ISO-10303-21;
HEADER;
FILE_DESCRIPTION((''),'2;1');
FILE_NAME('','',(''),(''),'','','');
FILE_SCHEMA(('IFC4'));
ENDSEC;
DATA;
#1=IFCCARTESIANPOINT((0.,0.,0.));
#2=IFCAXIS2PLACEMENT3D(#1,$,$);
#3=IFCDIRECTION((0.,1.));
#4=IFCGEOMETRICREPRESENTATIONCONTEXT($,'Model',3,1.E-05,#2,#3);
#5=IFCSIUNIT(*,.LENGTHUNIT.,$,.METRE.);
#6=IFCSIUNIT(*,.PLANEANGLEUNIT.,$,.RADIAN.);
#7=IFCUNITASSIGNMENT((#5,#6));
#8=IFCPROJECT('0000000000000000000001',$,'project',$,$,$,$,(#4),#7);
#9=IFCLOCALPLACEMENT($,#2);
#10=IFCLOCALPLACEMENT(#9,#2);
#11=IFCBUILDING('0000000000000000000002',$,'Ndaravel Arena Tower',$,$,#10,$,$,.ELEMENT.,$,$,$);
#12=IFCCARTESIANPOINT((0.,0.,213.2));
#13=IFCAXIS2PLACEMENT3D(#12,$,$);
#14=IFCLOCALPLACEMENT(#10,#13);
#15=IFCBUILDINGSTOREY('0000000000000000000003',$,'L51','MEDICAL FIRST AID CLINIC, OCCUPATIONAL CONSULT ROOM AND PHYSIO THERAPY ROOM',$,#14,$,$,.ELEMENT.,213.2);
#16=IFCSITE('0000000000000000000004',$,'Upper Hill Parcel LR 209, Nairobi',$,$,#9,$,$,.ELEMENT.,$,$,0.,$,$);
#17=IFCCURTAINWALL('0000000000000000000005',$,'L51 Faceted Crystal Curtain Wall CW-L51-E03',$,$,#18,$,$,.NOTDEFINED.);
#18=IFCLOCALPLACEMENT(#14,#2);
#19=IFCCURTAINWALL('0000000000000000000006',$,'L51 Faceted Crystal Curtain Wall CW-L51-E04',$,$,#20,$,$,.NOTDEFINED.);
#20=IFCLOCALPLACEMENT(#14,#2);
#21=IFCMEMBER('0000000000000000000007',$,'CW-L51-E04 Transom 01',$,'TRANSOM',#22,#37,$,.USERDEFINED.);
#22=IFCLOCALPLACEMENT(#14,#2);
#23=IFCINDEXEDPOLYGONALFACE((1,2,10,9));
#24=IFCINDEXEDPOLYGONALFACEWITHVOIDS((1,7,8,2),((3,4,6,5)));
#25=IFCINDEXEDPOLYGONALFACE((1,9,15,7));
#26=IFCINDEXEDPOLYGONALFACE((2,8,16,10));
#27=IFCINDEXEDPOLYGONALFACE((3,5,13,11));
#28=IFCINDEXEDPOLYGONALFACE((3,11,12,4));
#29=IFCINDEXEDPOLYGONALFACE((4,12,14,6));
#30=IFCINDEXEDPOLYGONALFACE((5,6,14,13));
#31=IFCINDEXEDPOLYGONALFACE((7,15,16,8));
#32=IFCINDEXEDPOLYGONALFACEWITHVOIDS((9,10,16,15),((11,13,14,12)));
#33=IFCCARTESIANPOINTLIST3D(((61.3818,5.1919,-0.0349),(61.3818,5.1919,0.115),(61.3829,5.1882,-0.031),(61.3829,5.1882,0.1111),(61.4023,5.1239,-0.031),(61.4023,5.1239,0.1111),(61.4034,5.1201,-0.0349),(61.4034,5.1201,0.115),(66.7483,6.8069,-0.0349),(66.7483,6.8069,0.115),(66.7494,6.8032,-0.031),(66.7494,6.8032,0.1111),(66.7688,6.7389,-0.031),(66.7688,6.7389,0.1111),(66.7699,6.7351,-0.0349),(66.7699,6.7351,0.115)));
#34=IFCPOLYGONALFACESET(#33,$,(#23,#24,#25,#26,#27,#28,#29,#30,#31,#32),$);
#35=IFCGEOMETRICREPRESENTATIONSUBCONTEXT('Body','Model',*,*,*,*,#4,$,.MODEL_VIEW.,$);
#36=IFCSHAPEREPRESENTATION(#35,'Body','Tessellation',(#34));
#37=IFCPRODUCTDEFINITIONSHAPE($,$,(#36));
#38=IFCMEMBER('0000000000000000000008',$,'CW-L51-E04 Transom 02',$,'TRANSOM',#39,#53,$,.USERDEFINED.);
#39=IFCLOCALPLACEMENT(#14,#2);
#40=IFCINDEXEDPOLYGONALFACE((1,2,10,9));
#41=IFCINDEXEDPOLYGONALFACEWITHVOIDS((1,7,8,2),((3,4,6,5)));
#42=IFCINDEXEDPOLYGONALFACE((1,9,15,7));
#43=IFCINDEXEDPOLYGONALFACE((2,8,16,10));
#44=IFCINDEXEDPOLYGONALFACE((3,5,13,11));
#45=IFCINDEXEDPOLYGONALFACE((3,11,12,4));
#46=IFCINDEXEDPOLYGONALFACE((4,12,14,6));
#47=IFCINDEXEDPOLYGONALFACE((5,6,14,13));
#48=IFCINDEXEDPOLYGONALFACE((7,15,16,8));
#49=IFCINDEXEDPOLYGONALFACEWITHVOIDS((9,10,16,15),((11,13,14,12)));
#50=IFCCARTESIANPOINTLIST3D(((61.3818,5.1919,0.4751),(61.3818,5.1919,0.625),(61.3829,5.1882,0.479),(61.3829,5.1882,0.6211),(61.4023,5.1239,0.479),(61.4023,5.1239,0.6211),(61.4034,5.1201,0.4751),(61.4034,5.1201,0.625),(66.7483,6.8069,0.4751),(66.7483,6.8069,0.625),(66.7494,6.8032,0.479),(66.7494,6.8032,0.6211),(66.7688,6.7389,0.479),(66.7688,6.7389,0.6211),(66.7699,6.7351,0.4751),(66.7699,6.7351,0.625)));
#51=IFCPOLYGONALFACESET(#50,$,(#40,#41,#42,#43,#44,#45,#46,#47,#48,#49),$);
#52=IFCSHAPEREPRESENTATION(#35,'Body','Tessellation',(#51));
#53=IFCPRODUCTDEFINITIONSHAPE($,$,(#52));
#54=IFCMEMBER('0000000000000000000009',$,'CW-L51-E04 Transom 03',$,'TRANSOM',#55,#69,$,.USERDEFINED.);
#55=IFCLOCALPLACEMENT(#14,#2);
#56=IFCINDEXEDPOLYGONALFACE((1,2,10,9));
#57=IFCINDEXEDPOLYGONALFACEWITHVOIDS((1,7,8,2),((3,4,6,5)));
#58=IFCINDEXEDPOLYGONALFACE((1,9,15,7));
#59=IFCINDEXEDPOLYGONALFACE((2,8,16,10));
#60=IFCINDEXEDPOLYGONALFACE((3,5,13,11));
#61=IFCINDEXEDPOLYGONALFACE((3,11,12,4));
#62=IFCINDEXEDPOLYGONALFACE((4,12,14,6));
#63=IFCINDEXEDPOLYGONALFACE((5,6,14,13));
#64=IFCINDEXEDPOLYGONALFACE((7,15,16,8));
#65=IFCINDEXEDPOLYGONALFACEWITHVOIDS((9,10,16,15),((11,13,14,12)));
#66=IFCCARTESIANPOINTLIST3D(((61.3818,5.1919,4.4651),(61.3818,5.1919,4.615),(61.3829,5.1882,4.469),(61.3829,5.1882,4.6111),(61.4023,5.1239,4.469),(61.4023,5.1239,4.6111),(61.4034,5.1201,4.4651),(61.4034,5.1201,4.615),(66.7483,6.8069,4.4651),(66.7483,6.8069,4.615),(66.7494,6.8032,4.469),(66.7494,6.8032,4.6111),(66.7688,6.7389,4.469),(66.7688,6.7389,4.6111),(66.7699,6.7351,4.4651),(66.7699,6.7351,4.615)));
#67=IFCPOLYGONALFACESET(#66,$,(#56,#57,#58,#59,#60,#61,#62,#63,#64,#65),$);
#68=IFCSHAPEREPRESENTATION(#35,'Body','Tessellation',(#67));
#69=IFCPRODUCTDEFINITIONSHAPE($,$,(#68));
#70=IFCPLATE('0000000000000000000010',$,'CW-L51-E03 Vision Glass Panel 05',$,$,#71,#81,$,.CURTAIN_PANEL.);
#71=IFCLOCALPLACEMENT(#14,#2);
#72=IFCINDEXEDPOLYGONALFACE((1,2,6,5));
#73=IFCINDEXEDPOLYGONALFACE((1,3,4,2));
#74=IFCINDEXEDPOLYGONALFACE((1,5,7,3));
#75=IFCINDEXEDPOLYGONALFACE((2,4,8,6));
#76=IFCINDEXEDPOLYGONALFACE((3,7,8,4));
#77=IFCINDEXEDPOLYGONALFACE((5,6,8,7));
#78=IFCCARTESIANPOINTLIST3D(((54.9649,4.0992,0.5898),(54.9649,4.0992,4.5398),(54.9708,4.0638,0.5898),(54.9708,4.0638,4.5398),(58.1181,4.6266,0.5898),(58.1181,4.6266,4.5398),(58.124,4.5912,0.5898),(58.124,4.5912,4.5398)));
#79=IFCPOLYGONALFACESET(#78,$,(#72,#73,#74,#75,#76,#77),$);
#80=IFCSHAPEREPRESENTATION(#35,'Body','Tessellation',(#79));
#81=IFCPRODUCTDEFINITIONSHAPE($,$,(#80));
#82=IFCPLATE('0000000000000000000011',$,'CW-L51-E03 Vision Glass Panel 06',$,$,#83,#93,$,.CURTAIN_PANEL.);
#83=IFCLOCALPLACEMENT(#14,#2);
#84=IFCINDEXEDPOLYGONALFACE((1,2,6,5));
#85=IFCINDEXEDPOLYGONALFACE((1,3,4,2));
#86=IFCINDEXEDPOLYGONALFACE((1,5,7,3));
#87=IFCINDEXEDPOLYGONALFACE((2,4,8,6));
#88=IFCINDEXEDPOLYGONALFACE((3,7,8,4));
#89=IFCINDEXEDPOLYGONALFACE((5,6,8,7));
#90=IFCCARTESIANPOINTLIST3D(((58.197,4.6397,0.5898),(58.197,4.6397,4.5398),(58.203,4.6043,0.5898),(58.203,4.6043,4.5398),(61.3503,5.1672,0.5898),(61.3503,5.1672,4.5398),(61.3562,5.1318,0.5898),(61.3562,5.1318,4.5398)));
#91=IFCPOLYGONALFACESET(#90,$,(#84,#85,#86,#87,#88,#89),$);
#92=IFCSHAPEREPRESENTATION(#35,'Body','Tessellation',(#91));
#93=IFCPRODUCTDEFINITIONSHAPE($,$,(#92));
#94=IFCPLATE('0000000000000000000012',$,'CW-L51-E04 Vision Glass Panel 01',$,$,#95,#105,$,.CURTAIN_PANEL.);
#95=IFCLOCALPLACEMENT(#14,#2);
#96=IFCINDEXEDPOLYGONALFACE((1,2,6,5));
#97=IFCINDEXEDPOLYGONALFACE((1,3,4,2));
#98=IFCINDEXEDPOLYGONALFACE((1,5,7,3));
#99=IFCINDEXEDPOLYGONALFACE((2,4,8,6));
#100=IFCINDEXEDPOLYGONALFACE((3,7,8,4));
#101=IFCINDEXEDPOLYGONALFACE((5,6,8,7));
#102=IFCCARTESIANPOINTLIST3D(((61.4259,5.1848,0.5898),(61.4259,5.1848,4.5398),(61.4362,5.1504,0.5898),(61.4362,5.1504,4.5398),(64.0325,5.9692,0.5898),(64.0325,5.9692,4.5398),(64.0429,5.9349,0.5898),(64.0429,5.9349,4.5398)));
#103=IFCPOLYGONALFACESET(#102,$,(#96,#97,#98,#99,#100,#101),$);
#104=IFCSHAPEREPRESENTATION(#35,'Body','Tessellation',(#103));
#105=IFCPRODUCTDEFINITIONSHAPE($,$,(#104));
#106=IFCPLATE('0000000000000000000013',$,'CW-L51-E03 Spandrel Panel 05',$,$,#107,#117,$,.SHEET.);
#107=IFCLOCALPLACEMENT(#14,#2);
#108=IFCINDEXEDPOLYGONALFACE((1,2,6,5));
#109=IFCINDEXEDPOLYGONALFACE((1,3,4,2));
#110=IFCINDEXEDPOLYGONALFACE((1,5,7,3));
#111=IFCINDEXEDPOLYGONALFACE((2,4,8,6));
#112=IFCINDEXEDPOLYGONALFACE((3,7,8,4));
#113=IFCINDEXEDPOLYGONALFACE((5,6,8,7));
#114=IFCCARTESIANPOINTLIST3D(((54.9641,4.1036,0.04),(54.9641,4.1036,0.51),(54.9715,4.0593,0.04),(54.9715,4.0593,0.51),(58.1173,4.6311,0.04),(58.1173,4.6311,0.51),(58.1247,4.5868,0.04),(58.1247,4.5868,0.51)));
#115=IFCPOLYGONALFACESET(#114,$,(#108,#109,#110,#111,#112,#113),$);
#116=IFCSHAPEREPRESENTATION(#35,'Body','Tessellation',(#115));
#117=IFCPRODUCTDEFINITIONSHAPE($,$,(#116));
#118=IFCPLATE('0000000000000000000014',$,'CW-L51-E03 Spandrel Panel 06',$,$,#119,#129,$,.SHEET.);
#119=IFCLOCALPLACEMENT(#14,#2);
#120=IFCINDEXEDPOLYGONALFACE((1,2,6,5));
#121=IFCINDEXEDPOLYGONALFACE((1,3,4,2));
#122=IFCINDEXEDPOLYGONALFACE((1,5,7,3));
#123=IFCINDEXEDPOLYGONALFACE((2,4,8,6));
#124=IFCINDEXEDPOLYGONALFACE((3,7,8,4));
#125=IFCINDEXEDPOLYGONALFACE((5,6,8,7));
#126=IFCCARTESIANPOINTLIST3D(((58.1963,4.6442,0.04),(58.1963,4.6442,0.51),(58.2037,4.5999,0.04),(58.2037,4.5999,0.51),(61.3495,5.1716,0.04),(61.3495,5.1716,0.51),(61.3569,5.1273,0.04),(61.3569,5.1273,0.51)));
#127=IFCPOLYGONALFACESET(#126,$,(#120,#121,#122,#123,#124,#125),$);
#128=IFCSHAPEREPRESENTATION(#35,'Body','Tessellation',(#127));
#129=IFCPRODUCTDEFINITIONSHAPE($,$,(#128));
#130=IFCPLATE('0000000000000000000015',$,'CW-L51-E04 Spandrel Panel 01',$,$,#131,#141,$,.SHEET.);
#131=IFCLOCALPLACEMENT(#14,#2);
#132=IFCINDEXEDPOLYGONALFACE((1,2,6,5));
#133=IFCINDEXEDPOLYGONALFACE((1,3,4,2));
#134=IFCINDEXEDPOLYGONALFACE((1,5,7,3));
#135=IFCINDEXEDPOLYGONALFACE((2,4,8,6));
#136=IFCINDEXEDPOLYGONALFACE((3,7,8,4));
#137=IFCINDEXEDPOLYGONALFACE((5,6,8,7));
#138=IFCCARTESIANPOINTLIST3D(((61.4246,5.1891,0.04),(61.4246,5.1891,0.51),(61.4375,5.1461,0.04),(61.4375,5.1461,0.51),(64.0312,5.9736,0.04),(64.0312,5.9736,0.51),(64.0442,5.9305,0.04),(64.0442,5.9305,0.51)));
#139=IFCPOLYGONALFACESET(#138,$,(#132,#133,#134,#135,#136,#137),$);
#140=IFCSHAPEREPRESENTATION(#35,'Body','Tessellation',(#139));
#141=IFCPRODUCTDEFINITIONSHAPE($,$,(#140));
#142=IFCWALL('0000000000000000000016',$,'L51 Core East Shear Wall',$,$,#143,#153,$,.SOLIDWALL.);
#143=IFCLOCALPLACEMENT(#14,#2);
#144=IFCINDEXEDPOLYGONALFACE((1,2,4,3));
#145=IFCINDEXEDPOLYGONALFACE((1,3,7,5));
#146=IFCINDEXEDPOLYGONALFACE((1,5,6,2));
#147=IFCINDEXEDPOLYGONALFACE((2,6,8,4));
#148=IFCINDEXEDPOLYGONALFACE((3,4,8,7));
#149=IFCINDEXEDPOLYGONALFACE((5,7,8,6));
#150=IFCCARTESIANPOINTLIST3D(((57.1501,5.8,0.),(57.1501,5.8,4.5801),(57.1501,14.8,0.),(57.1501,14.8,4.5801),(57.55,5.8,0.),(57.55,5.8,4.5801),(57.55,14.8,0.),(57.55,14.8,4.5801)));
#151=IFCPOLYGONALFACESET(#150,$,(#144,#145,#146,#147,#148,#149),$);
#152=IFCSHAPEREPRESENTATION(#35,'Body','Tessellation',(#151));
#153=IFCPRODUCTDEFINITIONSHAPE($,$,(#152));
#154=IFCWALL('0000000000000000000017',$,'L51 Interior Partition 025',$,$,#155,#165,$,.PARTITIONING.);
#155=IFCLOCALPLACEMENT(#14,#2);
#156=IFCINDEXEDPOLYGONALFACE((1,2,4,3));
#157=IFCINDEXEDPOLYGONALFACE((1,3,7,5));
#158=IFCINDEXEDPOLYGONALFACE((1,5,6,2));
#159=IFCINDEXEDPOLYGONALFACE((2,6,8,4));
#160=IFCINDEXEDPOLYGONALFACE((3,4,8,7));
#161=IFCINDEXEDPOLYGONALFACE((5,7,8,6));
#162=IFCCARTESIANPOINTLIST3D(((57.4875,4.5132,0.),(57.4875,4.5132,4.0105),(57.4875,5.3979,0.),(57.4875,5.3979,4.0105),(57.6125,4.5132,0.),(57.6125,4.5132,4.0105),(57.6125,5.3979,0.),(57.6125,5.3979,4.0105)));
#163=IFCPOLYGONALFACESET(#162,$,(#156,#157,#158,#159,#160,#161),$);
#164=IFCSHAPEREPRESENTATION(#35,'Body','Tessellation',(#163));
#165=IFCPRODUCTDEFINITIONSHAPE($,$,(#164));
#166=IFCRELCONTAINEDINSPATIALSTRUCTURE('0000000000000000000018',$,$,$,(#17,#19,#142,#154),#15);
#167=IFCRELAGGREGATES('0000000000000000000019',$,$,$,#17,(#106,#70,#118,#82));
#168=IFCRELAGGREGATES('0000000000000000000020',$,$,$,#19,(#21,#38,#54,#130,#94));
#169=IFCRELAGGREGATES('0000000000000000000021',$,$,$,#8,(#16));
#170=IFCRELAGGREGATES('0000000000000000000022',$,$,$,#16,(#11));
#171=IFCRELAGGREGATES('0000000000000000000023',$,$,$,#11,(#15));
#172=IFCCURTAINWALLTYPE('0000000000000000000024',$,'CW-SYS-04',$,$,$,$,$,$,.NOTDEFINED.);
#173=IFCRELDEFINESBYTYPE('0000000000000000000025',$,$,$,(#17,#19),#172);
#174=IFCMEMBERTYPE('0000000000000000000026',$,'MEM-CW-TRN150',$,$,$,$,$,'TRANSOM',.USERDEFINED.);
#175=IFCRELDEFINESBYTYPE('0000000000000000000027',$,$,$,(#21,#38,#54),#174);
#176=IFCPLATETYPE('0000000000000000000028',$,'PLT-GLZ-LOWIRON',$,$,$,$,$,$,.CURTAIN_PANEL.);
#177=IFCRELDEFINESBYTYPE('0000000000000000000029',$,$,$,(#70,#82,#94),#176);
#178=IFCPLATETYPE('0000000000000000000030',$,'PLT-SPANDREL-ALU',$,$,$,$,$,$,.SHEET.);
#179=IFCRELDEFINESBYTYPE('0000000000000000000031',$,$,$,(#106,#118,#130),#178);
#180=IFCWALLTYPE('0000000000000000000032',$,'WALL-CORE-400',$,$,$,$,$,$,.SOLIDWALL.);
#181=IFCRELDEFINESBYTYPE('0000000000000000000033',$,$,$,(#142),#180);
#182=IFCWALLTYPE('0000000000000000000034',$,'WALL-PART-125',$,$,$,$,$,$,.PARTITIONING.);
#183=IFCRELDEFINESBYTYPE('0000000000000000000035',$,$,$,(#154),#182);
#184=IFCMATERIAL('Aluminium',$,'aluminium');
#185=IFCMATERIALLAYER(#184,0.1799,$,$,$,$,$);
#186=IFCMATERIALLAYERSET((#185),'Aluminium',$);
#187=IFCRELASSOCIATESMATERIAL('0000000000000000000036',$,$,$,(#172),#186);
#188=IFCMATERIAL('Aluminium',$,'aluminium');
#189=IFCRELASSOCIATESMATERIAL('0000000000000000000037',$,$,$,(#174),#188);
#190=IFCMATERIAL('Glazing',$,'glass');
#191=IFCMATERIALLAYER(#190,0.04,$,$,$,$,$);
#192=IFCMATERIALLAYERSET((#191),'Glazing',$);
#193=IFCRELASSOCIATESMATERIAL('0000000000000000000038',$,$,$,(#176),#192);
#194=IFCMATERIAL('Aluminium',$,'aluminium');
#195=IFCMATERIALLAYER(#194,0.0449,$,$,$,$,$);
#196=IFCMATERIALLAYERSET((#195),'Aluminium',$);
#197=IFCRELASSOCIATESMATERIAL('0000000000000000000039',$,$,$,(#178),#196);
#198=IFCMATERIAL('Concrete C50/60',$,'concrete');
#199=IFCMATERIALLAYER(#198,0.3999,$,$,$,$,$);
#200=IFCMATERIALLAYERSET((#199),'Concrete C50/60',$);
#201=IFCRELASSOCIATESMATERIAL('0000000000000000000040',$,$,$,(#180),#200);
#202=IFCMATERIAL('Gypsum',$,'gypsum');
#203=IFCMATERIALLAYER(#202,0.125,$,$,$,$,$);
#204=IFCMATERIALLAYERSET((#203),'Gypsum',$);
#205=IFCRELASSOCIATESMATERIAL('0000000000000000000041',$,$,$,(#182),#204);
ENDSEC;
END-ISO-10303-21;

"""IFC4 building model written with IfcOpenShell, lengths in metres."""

from ifc_helpers import new_model, si_unit, direction, frame, frame_2d, origin, origin_2d, place, context, subcontext, project, spatial, rectangle, hollow_rectangle, extrude, material, layer, layer_set, material_profile, profile_set, type_object, element, aggregate, save


model = new_model("IFC4")

# Units and contexts
model_context = context("Model", 3, precision=1e-05, world=origin(), true_north=direction((0.0, 1.0)))
body_context = subcontext(model_context, "Body", "Model", "MODEL_VIEW")
ifc_project = project(units=[si_unit("LENGTHUNIT", "METRE"), si_unit("PLANEANGLEUNIT", "RADIAN")], contexts=[model_context])

# Site, building, storey
site_placement = place(None, origin())
site = spatial("IfcSite", under=ifc_project, at=site_placement, Name="Upper Hill Parcel LR 209, Nairobi", CompositionType="ELEMENT", RefElevation=0.0)
building_placement = place(site_placement, origin())
building = spatial("IfcBuilding", under=site, at=building_placement, Name="Ndaravel Arena Tower", CompositionType="ELEMENT")
storey_placement = place(building_placement, frame((0.0, 0.0, 213.2)))
storey = spatial("IfcBuildingStorey", under=building, at=storey_placement, Name="L51", Description="MEDICAL FIRST AID CLINIC, OCCUPATIONAL CONSULT ROOM AND PHYSIO THERAPY ROOM", CompositionType="ELEMENT", Elevation=213.2)

# Curtain wall
ifc_material_1 = material(Name="Aluminium", Category="aluminium")
ifc_layer_1 = layer(ifc_material_1, 0.1799)
ifc_layer_set_1 = layer_set([ifc_layer_1], Name="Aluminium")
curtain_wall_type = type_object("IfcCurtainWallType", Name="CW-SYS-04", PredefinedType="NOTDEFINED", material=ifc_layer_set_1)
curtain_wall_1_placement = place(storey_placement, origin())
curtain_wall_1 = element("IfcCurtainWall", 1, at=curtain_wall_1_placement, inside=storey, type_object=curtain_wall_type, Name="L51 Faceted Crystal Curtain Wall CW-L51-E03", PredefinedType="NOTDEFINED")

# Curtain wall, members
curtain_wall_2_placement = place(storey_placement, origin())
curtain_wall_2 = element("IfcCurtainWall", 2, at=curtain_wall_2_placement, inside=storey, type_object=curtain_wall_type, Name="L51 Faceted Crystal Curtain Wall CW-L51-E04", PredefinedType="NOTDEFINED")
ifc_material_2 = material(Name="Aluminium", Category="aluminium")
ifc_material_profile_1 = material_profile(ifc_material_2, hollow_rectangle(XDim=0.075, YDim=0.1499, WallThickness=0.0039, at=origin_2d()), Name="CW TRANSOM 75x150x4")
ifc_profile_set_1 = profile_set([ifc_material_profile_1], Name="Aluminium")
member_type_1 = type_object("IfcMemberType", Name="MEM-CW-TRN150", ElementType="TRANSOM", PredefinedType="USERDEFINED", material=ifc_profile_set_1)
member_1_placement = place(storey_placement, frame((61.3926, 5.156, 0.04), z_axis=(0.957578, 0.288175, 0.0), x_axis=(-0.288175, 0.957578, 0.0)))
member_1 = element("IfcMember", 3, at=member_1_placement, type_object=member_type_1, Name="CW-L51-E04 Transom 01", ObjectType="TRANSOM", PredefinedType="USERDEFINED", context=body_context, shape_type="SweptSolid", body=[
    extrude(hollow_rectangle(XDim=0.075, YDim=0.1499, WallThickness=0.0039, at=origin_2d()), origin(), (0.0, 0.0, 1.0), 5.6042),
])
member_2_placement = place(storey_placement, frame((61.3926, 5.156, 0.55), z_axis=(0.957578, 0.288175, 0.0), x_axis=(-0.288175, 0.957578, 0.0)))
member_2 = element("IfcMember", 4, at=member_2_placement, type_object=member_type_1, Name="CW-L51-E04 Transom 02", ObjectType="TRANSOM", PredefinedType="USERDEFINED", context=body_context, shape_type="SweptSolid", body=[
    extrude(hollow_rectangle(XDim=0.075, YDim=0.1499, WallThickness=0.0039, at=origin_2d()), origin(), (0.0, 0.0, 1.0), 5.6042),
])
member_3_placement = place(storey_placement, frame((61.3926, 5.156, 4.54), z_axis=(0.957578, 0.288175, 0.0), x_axis=(-0.288175, 0.957578, 0.0)))
member_3 = element("IfcMember", 5, at=member_3_placement, type_object=member_type_1, Name="CW-L51-E04 Transom 03", ObjectType="TRANSOM", PredefinedType="USERDEFINED", context=body_context, shape_type="SweptSolid", body=[
    extrude(hollow_rectangle(XDim=0.075, YDim=0.1499, WallThickness=0.0039, at=origin_2d()), origin(), (0.0, 0.0, 1.0), 5.6042),
])

# Plates
ifc_material_3 = material(Name="Glazing", Category="glass")
ifc_layer_2 = layer(ifc_material_3, 0.04)
ifc_layer_set_2 = layer_set([ifc_layer_2], Name="Glazing")
plate_type_1 = type_object("IfcPlateType", Name="PLT-GLZ-LOWIRON", PredefinedType="CURTAIN_PANEL", material=ifc_layer_set_2)
plate_1_placement = place(storey_placement, frame((56.5444, 4.3452, 0.5898), z_axis=(0.0, 0.0, 1.0), x_axis=(0.986297, 0.164979, 0.0)))
plate_1 = element("IfcPlate", 6, at=plate_1_placement, type_object=plate_type_1, Name="CW-L51-E03 Vision Glass Panel 05", PredefinedType="CURTAIN_PANEL", context=body_context, shape_type="SweptSolid", body=[
    extrude(rectangle(XDim=3.197, YDim=0.0359, at=origin_2d()), origin(), (0.0, 0.0, 1.0), 3.95),
])
plate_2_placement = place(storey_placement, frame((59.7766, 4.8857, 0.5898), z_axis=(0.0, 0.0, 1.0), x_axis=(0.986297, 0.164979, 0.0)))
plate_2 = element("IfcPlate", 7, at=plate_2_placement, type_object=plate_type_1, Name="CW-L51-E03 Vision Glass Panel 06", PredefinedType="CURTAIN_PANEL", context=body_context, shape_type="SweptSolid", body=[
    extrude(rectangle(XDim=3.197, YDim=0.0359, at=origin_2d()), origin(), (0.0, 0.0, 1.0), 3.95),
])
plate_3_placement = place(storey_placement, frame((62.7344, 5.5598, 0.5898), z_axis=(0.0, 0.0, 1.0), x_axis=(0.957576, 0.28818, 0.0)))
plate_3 = element("IfcPlate", 8, at=plate_3_placement, type_object=plate_type_1, Name="CW-L51-E04 Vision Glass Panel 01", PredefinedType="CURTAIN_PANEL", context=body_context, shape_type="SweptSolid", body=[
    extrude(rectangle(XDim=2.7222, YDim=0.0359, at=origin_2d()), origin(), (0.0, 0.0, 1.0), 3.95),
])
ifc_material_4 = material(Name="Aluminium", Category="aluminium")
ifc_layer_3 = layer(ifc_material_4, 0.0449)
ifc_layer_set_3 = layer_set([ifc_layer_3], Name="Aluminium")
plate_type_2 = type_object("IfcPlateType", Name="PLT-SPANDREL-ALU", PredefinedType="SHEET", material=ifc_layer_set_3)
plate_4_placement = place(storey_placement, frame((56.5444, 4.3452, 0.04), z_axis=(0.0, 0.0, 1.0), x_axis=(0.986297, 0.164979, 0.0)))
plate_4 = element("IfcPlate", 9, at=plate_4_placement, type_object=plate_type_2, Name="CW-L51-E03 Spandrel Panel 05", PredefinedType="SHEET", context=body_context, shape_type="SweptSolid", body=[
    extrude(rectangle(XDim=3.197, YDim=0.0449, at=origin_2d()), origin(), (0.0, 0.0, 1.0), 0.47),
])
plate_5_placement = place(storey_placement, frame((59.7766, 4.8857, 0.04), z_axis=(0.0, 0.0, 1.0), x_axis=(0.986297, 0.164979, 0.0)))
plate_5 = element("IfcPlate", 10, at=plate_5_placement, type_object=plate_type_2, Name="CW-L51-E03 Spandrel Panel 06", PredefinedType="SHEET", context=body_context, shape_type="SweptSolid", body=[
    extrude(rectangle(XDim=3.197, YDim=0.0449, at=origin_2d()), origin(), (0.0, 0.0, 1.0), 0.47),
])
aggregate(curtain_wall_1, [plate_4, plate_1, plate_5, plate_2])
plate_6_placement = place(storey_placement, frame((62.7344, 5.5598, 0.04), z_axis=(0.0, 0.0, 1.0), x_axis=(0.957576, 0.28818, 0.0)))
plate_6 = element("IfcPlate", 11, at=plate_6_placement, type_object=plate_type_2, Name="CW-L51-E04 Spandrel Panel 01", PredefinedType="SHEET", context=body_context, shape_type="SweptSolid", body=[
    extrude(rectangle(XDim=2.7222, YDim=0.0449, at=origin_2d()), origin(), (0.0, 0.0, 1.0), 0.47),
])
aggregate(curtain_wall_2, [member_1, member_2, member_3, plate_6, plate_3])

# Walls
ifc_material_5 = material(Name="Concrete C50/60", Category="concrete")
ifc_layer_4 = layer(ifc_material_5, 0.3999)
ifc_layer_set_4 = layer_set([ifc_layer_4], Name="Concrete C50/60")
wall_type_1 = type_object("IfcWallType", Name="WALL-CORE-400", PredefinedType="SOLIDWALL", material=ifc_layer_set_4)
wall_1_placement = place(storey_placement, frame((57.3501, 5.8, 0.0), z_axis=(0.0, 0.0, 1.0), x_axis=(0.0, 1.0, 0.0)))
element("IfcWall", 12, at=wall_1_placement, inside=storey, type_object=wall_type_1, Name="L51 Core East Shear Wall", PredefinedType="SOLIDWALL", context=body_context, shape_type="SweptSolid", body=[
    extrude(rectangle(XDim=9.0, YDim=0.3999, at=frame_2d((4.5, 0.0))), origin(), (0.0, 0.0, 1.0), 4.5801),
])
ifc_material_6 = material(Name="Gypsum", Category="gypsum")
ifc_layer_5 = layer(ifc_material_6, 0.125)
ifc_layer_set_5 = layer_set([ifc_layer_5], Name="Gypsum")
wall_type_2 = type_object("IfcWallType", Name="WALL-PART-125", PredefinedType="PARTITIONING", material=ifc_layer_set_5)
wall_2_placement = place(storey_placement, frame((57.55, 4.5132, 0.0), z_axis=(0.0, 0.0, 1.0), x_axis=(0.0, 1.0, 0.0)))
element("IfcWall", 13, at=wall_2_placement, inside=storey, type_object=wall_type_2, Name="L51 Interior Partition 025", PredefinedType="PARTITIONING", context=body_context, shape_type="SweptSolid", body=[
    extrude(rectangle(XDim=0.8848, YDim=0.125, at=frame_2d((0.4424, 0.0))), origin(), (0.0, 0.0, 1.0), 4.0105),
])

save(model, "model.ifc")
